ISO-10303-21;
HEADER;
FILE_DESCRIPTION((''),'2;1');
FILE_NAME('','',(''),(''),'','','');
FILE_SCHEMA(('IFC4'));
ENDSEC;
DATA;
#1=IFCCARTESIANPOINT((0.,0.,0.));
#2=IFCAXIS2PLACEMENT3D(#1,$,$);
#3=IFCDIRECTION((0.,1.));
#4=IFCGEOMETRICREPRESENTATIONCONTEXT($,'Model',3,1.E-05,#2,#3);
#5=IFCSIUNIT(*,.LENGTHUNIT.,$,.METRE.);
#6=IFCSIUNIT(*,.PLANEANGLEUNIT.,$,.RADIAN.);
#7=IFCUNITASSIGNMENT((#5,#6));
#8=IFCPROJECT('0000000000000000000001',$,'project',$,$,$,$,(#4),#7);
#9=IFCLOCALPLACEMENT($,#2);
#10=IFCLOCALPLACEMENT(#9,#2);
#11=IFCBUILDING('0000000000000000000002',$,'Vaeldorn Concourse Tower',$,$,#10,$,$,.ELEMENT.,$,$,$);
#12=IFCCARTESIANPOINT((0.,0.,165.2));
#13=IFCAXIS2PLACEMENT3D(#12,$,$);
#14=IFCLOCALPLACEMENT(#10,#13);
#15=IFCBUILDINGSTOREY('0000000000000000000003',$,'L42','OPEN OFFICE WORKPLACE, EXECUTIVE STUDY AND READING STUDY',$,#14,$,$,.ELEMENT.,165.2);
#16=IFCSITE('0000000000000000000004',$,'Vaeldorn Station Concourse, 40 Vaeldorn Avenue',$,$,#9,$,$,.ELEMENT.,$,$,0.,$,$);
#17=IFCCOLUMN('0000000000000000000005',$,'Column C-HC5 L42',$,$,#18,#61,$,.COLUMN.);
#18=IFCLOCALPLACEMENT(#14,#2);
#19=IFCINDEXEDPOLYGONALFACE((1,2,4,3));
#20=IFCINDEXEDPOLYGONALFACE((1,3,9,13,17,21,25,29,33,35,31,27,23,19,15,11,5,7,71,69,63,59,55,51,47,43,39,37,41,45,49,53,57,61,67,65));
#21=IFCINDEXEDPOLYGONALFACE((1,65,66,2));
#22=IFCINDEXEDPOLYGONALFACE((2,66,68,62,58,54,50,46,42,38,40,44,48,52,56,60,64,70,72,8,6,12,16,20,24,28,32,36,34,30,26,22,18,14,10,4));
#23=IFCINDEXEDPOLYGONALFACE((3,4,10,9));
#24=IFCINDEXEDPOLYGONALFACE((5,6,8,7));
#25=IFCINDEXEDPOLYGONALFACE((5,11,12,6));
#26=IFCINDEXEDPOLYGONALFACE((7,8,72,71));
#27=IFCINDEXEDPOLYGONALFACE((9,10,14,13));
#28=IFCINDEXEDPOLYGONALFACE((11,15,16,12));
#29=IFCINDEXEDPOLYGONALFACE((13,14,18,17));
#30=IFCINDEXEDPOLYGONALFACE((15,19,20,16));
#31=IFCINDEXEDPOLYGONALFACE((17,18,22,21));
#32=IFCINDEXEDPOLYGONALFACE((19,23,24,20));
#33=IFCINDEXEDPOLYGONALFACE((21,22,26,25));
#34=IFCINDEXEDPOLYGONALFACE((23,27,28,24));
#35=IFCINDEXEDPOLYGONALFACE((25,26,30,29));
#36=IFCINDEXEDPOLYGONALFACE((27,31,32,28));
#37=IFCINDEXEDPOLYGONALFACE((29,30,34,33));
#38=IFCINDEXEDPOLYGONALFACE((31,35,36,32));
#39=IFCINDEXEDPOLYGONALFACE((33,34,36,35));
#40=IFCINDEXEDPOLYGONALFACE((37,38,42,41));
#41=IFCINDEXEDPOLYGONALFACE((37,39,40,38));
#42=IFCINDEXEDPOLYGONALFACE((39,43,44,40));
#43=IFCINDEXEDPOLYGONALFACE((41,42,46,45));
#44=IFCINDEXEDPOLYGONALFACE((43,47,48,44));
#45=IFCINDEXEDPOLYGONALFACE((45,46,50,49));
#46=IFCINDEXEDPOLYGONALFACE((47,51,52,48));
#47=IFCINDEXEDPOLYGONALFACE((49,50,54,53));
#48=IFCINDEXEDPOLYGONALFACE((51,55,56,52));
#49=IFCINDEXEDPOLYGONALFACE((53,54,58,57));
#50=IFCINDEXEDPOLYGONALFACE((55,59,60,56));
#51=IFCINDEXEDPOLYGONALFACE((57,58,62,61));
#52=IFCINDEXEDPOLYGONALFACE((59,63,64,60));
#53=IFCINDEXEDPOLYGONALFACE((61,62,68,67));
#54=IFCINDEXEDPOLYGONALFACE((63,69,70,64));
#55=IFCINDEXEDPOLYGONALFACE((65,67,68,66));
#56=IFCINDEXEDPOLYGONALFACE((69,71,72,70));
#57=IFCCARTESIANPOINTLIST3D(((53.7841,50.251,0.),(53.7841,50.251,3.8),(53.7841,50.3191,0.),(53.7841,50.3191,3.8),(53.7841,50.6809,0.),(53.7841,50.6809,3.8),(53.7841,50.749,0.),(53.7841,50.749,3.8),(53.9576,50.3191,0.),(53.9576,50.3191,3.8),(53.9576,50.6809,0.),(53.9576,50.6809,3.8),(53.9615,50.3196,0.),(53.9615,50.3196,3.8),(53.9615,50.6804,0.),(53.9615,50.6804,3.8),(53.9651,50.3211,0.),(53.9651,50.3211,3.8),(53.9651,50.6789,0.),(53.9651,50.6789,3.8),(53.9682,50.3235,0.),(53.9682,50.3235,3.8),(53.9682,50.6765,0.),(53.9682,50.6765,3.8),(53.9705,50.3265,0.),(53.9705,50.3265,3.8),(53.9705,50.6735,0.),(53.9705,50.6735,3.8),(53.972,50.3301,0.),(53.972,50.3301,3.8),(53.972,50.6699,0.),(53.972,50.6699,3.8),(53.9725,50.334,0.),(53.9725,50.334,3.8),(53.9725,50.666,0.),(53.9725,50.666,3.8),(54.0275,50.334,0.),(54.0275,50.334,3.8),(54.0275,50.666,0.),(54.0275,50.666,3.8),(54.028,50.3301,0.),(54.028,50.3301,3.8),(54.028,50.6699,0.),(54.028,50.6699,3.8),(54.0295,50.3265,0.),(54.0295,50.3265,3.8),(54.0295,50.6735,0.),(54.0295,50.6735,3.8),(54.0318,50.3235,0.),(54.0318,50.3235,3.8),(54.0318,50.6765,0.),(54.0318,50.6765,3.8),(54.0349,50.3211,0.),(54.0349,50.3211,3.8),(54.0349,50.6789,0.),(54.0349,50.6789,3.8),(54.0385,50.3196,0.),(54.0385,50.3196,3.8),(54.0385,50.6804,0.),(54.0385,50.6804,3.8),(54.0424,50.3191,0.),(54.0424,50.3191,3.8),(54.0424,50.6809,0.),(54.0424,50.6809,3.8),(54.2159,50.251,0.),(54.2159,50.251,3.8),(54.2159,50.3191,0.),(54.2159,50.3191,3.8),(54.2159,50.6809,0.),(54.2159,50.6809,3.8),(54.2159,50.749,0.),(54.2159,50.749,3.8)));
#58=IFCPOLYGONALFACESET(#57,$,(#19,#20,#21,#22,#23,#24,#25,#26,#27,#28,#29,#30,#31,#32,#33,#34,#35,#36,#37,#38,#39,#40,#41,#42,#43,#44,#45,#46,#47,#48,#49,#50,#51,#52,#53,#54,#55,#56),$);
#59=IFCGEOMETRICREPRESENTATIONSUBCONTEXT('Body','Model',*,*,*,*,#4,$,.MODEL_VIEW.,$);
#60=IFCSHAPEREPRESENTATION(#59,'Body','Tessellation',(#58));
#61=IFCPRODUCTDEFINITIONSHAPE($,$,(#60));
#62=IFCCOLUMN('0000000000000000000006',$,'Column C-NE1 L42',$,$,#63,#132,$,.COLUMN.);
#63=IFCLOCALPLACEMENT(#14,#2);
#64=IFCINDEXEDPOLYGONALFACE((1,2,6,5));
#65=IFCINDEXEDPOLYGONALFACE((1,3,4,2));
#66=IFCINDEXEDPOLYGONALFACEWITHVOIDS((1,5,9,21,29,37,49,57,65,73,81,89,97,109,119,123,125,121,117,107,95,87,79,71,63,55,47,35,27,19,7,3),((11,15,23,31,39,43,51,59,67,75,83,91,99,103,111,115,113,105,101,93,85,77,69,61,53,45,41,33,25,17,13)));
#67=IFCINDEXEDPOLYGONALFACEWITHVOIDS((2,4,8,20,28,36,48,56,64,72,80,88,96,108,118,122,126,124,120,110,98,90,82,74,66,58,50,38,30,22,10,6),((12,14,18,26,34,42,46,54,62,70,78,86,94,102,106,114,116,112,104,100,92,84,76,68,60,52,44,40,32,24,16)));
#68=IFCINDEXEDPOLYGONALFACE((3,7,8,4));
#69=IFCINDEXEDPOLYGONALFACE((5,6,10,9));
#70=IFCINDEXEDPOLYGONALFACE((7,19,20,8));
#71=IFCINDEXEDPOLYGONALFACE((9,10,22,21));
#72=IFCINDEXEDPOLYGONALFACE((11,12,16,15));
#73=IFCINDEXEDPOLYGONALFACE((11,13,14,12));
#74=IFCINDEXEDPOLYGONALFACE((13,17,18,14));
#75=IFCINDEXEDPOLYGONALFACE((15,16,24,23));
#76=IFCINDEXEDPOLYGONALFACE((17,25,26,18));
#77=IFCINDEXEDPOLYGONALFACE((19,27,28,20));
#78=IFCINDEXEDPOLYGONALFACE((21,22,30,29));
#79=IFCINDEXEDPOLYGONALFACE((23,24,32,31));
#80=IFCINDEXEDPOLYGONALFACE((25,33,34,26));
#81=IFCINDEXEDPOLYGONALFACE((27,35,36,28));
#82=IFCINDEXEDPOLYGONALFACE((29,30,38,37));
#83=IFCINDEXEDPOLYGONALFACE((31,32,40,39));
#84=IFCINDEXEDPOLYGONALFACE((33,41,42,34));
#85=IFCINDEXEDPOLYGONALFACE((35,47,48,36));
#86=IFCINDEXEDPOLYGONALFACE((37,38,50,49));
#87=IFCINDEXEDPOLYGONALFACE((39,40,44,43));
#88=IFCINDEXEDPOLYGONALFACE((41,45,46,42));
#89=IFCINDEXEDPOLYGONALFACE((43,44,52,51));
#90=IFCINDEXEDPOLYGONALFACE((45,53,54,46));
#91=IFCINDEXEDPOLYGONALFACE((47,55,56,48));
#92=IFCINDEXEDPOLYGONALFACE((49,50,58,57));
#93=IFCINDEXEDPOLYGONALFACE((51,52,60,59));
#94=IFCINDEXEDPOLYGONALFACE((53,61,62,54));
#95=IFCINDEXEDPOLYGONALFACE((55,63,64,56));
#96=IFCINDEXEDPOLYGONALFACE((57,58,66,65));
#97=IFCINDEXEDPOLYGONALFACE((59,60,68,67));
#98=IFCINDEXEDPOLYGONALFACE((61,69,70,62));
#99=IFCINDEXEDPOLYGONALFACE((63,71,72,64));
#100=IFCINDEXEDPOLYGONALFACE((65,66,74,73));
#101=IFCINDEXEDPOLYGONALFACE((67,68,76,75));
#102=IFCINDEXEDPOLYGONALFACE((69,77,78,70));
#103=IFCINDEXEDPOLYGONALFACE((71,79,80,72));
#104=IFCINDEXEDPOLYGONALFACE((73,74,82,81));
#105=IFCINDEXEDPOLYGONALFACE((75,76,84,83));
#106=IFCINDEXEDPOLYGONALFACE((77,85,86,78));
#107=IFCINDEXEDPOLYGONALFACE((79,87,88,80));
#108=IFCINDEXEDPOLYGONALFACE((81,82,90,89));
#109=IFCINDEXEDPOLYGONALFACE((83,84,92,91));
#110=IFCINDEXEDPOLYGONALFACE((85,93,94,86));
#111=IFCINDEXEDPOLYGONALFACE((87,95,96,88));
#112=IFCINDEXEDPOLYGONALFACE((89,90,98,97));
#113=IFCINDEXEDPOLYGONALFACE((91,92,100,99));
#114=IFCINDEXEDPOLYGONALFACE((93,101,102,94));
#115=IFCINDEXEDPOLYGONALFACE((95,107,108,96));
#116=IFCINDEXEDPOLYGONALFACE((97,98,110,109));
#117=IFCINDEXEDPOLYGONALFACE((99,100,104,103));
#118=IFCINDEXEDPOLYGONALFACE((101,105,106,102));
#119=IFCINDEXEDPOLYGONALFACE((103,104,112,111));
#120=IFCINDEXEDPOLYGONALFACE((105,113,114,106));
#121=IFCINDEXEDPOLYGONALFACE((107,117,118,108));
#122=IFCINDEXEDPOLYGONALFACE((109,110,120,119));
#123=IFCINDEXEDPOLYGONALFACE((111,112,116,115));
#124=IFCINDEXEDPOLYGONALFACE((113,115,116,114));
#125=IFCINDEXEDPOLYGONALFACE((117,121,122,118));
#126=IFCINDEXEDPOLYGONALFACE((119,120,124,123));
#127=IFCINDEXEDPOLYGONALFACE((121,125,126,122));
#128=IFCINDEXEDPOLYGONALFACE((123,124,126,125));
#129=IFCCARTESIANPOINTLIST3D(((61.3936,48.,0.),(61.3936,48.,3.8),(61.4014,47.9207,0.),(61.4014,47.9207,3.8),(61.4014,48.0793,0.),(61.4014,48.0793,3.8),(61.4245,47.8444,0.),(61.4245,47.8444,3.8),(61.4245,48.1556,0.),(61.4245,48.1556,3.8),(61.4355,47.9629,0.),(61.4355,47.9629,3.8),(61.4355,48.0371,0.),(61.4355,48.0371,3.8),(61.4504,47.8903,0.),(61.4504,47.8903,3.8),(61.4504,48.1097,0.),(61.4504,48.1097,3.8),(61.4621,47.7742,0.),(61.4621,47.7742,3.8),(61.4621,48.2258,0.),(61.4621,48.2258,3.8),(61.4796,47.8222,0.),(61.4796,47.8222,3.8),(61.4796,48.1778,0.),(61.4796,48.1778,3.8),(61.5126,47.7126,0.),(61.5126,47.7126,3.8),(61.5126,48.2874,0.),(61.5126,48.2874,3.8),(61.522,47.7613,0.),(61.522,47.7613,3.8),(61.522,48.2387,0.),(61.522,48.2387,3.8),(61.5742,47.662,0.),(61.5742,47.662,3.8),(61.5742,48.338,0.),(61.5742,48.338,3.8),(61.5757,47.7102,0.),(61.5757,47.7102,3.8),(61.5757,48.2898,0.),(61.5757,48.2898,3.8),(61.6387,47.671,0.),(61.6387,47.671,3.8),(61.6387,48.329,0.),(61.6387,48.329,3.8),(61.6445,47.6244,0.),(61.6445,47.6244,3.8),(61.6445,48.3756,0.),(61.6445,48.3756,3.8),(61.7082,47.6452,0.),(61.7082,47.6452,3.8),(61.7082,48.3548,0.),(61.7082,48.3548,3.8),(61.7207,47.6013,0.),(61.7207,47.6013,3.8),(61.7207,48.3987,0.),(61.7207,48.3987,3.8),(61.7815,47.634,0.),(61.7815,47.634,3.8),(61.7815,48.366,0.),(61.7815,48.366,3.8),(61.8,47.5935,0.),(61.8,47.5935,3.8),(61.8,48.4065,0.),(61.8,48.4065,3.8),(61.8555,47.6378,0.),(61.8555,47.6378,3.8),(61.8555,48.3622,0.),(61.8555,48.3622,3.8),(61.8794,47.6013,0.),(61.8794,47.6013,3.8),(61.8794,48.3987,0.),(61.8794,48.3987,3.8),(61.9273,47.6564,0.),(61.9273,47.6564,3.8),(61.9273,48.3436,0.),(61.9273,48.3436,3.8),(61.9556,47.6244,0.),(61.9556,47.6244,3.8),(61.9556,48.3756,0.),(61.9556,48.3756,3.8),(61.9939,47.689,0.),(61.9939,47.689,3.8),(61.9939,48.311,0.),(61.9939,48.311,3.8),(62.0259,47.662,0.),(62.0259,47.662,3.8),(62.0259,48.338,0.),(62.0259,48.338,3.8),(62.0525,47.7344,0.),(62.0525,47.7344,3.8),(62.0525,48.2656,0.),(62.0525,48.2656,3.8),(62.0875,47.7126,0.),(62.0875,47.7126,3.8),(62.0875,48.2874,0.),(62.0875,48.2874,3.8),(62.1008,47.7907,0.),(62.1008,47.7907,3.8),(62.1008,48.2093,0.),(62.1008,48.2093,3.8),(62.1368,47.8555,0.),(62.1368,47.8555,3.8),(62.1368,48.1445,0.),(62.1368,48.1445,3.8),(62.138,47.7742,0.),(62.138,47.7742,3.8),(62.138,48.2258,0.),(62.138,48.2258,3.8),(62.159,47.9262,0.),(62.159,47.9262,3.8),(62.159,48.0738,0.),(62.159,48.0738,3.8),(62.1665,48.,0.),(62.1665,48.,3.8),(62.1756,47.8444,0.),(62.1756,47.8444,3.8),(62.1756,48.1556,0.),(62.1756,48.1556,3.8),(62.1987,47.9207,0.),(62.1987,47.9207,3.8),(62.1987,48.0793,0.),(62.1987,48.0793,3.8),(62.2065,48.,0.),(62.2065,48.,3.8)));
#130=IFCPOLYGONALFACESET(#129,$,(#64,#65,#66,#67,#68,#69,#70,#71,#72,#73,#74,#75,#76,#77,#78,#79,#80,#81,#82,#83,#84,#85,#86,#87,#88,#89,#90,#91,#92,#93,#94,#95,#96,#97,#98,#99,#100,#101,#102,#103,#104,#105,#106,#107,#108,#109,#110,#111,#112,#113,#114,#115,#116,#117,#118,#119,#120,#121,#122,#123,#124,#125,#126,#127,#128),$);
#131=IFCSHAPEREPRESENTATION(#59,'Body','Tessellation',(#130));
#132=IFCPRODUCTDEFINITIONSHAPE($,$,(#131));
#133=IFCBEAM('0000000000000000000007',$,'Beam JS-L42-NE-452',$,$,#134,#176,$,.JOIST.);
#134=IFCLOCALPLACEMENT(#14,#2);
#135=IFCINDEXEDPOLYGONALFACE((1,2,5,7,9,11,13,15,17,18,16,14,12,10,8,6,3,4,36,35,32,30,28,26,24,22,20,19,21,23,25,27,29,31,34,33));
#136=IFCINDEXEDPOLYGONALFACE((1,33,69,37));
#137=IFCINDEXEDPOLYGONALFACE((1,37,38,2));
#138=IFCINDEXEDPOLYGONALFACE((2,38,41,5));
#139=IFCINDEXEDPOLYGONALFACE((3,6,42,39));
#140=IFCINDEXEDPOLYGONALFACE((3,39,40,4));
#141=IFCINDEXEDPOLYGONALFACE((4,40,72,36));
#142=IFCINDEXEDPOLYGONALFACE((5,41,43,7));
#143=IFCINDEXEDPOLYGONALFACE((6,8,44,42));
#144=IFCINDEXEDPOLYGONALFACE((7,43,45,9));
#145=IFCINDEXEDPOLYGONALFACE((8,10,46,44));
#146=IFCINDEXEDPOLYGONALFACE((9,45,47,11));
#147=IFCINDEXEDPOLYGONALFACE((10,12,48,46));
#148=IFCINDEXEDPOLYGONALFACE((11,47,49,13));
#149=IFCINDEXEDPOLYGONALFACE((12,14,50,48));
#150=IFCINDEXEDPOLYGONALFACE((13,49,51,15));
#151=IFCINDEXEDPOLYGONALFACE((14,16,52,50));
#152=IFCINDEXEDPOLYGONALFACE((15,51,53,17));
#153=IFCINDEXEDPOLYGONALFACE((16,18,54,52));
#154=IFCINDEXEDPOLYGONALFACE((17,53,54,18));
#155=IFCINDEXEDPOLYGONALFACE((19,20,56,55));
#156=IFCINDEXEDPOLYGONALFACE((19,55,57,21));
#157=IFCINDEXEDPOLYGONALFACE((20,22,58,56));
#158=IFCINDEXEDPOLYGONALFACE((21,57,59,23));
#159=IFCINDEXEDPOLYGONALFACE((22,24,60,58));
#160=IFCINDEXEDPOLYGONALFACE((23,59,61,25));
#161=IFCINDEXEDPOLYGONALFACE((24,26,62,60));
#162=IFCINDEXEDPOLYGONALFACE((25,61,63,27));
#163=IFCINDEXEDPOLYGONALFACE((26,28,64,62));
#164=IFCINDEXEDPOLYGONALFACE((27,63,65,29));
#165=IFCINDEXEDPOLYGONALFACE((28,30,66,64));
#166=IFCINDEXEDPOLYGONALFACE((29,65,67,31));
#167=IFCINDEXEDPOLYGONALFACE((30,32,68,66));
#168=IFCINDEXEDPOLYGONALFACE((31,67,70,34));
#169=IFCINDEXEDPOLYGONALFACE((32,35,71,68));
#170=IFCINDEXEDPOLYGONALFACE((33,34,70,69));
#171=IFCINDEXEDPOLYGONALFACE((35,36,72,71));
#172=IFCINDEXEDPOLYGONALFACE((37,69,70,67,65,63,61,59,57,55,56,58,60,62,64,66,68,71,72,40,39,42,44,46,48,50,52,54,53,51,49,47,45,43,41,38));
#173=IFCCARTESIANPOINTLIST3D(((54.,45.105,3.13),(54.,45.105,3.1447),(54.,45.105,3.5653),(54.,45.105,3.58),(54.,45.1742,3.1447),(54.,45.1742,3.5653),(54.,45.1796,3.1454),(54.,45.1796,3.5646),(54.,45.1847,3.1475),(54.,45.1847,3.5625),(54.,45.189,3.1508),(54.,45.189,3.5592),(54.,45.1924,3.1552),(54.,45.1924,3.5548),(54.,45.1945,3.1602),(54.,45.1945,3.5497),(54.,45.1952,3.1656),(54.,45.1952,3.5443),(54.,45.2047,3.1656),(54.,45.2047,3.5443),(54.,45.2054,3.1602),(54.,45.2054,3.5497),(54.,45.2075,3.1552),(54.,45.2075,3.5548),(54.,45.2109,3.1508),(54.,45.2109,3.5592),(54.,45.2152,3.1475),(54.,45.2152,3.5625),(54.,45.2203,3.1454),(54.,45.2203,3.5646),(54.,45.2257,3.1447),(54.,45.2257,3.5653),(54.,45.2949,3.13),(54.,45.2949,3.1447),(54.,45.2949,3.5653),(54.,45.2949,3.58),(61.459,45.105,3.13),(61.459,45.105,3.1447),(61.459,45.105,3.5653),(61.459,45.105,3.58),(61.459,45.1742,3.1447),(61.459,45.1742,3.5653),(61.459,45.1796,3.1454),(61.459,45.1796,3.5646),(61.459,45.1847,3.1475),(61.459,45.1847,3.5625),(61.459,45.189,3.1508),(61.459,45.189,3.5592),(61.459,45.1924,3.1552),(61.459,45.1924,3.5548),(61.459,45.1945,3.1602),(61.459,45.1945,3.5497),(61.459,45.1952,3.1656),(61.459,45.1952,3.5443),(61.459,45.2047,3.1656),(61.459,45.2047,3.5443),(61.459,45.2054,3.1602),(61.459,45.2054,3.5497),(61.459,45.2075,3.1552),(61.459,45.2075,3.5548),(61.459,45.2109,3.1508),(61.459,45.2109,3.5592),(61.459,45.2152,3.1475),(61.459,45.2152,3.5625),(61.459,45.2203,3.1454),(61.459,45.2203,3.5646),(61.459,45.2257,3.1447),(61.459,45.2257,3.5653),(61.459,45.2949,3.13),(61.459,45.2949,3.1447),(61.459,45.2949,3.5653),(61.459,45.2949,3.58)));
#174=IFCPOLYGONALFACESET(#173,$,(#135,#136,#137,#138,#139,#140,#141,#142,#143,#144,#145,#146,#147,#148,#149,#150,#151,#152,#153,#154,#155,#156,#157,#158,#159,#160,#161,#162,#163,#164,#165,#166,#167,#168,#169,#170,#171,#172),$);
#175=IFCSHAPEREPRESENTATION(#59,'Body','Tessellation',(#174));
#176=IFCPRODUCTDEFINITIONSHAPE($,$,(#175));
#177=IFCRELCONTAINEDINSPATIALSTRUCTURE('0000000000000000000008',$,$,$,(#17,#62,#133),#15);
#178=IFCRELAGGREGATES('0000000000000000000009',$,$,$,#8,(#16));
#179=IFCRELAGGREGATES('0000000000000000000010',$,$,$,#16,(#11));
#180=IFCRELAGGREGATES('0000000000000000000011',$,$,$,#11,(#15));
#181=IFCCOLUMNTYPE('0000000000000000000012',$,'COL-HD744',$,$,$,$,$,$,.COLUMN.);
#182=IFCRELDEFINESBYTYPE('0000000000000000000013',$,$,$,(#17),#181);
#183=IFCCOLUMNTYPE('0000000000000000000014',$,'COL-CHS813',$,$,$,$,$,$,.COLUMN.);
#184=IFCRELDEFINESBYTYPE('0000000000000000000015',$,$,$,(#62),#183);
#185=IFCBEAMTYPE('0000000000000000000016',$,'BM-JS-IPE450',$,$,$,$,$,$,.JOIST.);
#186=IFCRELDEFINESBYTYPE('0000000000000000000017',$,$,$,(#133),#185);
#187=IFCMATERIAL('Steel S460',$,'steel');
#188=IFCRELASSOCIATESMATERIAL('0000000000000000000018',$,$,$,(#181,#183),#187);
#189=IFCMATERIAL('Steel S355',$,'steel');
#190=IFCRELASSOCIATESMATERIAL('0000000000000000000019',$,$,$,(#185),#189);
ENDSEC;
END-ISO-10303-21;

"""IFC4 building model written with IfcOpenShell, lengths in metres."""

from ifc_helpers import new_model, si_unit, direction, frame, origin, origin_2d, place, context, subcontext, project, spatial, hollow_circle, i_section, extrude, source, transform, mapped, material, material_profile, profile_set, type_object, element, save


model = new_model("IFC4")

# Units and contexts
model_context = context("Model", 3, precision=1e-05, world=origin(), true_north=direction((0.0, 1.0)))
body_context = subcontext(model_context, "Body", "Model", "MODEL_VIEW")
ifc_project = project(units=[si_unit("LENGTHUNIT", "METRE"), si_unit("PLANEANGLEUNIT", "RADIAN")], contexts=[model_context])

# Site, building, storey
site_placement = place(None, origin())
site = spatial("IfcSite", under=ifc_project, at=site_placement, Name="Vaeldorn Station Concourse, 40 Vaeldorn Avenue", CompositionType="ELEMENT", RefElevation=0.0)
building_placement = place(site_placement, origin())
building = spatial("IfcBuilding", under=site, at=building_placement, Name="Vaeldorn Concourse Tower", CompositionType="ELEMENT")
storey_placement = place(building_placement, frame((0.0, 0.0, 165.2)))
storey = spatial("IfcBuildingStorey", under=building, at=storey_placement, Name="L42", Description="OPEN OFFICE WORKPLACE, EXECUTIVE STUDY AND READING STUDY", CompositionType="ELEMENT", Elevation=165.2)

# Columns
ifc_material_1 = material(Name="Steel S460", Category="steel")
ifc_material_profile_1 = material_profile(ifc_material_1, i_section(OverallWidth=0.4319, OverallDepth=0.498, WebThickness=0.0549, FlangeThickness=0.0681, FilletRadius=0.0149, at=origin_2d()), Name="HD 400x744")
ifc_profile_set_1 = profile_set([ifc_material_profile_1], Name="Steel S460")
column_type_1 = type_object("IfcColumnType", Name="COL-HD744", PredefinedType="COLUMN", material=ifc_profile_set_1)
shared_shape_1 = source(origin(), body_context, "Body", "SweptSolid", [
    extrude(i_section(OverallWidth=0.4319, OverallDepth=0.498, WebThickness=0.0549, FlangeThickness=0.0681, FilletRadius=0.0149, at=origin_2d()), origin(), (0.0, 0.0, 1.0), 3.8),
])
column_1_placement = place(storey_placement, frame((54.0, 50.5, 0.0), z_axis=(0.0, 0.0, 1.0), x_axis=(1.0, 0.0, 0.0)))
element("IfcColumn", 1, at=column_1_placement, inside=storey, type_object=column_type_1, Name="Column C-HC5 L42", PredefinedType="COLUMN", context=body_context, shape_type="MappedRepresentation", body=[
    mapped(shared_shape_1, transform((0.0, 0.0, 0.0), scale=1.0)),
])
ifc_material_profile_2 = material_profile(ifc_material_1, hollow_circle(Radius=0.4065, WallThickness=0.04, at=origin_2d()), Name="CHS 813x40")
ifc_profile_set_2 = profile_set([ifc_material_profile_2], Name="Steel S460")
column_type_2 = type_object("IfcColumnType", Name="COL-CHS813", PredefinedType="COLUMN", material=ifc_profile_set_2)
shared_shape_2 = source(origin(), body_context, "Body", "SweptSolid", [
    extrude(hollow_circle(Radius=0.4065, WallThickness=0.04, at=origin_2d()), origin(), (0.0, 0.0, 1.0), 3.8),
])
column_2_placement = place(storey_placement, frame((61.8, 48.0, 0.0), z_axis=(0.0, 0.0, 1.0), x_axis=(1.0, 0.0, 0.0)))
element("IfcColumn", 2, at=column_2_placement, inside=storey, type_object=column_type_2, Name="Column C-NE1 L42", PredefinedType="COLUMN", context=body_context, shape_type="MappedRepresentation", body=[
    mapped(shared_shape_2, transform((0.0, 0.0, 0.0), scale=1.0)),
])

# Beam
ifc_material_2 = material(Name="Steel S355", Category="steel")
ifc_material_profile_3 = material_profile(ifc_material_2, i_section(OverallWidth=0.1899, OverallDepth=0.45, WebThickness=0.0095, FlangeThickness=0.0146, FilletRadius=0.021, at=origin_2d()), Name="IPE 450")
ifc_profile_set_3 = profile_set([ifc_material_profile_3], Name="Steel S355")
beam_type_1 = type_object("IfcBeamType", Name="BM-JS-IPE450", PredefinedType="JOIST", material=ifc_profile_set_3)
shared_shape_3 = source(origin(), body_context, "Body", "SweptSolid", [
    extrude(i_section(OverallWidth=0.1899, OverallDepth=0.45, WebThickness=0.0095, FlangeThickness=0.0146, FilletRadius=0.021, at=origin_2d()), origin(), (0.0, 0.0, 1.0), 7.459),
])
beam_1_placement = place(storey_placement, frame((54.0, 45.2, 3.355), z_axis=(1.0, 0.0, 0.0), x_axis=(0.0, 1.0, 0.0)))
element("IfcBeam", 3, at=beam_1_placement, inside=storey, type_object=beam_type_1, Name="Beam JS-L42-NE-452", PredefinedType="JOIST", context=body_context, shape_type="MappedRepresentation", body=[
    mapped(shared_shape_3, transform((0.0, 0.0, 0.0), scale=1.0)),
])

save(model, "model.ifc")
